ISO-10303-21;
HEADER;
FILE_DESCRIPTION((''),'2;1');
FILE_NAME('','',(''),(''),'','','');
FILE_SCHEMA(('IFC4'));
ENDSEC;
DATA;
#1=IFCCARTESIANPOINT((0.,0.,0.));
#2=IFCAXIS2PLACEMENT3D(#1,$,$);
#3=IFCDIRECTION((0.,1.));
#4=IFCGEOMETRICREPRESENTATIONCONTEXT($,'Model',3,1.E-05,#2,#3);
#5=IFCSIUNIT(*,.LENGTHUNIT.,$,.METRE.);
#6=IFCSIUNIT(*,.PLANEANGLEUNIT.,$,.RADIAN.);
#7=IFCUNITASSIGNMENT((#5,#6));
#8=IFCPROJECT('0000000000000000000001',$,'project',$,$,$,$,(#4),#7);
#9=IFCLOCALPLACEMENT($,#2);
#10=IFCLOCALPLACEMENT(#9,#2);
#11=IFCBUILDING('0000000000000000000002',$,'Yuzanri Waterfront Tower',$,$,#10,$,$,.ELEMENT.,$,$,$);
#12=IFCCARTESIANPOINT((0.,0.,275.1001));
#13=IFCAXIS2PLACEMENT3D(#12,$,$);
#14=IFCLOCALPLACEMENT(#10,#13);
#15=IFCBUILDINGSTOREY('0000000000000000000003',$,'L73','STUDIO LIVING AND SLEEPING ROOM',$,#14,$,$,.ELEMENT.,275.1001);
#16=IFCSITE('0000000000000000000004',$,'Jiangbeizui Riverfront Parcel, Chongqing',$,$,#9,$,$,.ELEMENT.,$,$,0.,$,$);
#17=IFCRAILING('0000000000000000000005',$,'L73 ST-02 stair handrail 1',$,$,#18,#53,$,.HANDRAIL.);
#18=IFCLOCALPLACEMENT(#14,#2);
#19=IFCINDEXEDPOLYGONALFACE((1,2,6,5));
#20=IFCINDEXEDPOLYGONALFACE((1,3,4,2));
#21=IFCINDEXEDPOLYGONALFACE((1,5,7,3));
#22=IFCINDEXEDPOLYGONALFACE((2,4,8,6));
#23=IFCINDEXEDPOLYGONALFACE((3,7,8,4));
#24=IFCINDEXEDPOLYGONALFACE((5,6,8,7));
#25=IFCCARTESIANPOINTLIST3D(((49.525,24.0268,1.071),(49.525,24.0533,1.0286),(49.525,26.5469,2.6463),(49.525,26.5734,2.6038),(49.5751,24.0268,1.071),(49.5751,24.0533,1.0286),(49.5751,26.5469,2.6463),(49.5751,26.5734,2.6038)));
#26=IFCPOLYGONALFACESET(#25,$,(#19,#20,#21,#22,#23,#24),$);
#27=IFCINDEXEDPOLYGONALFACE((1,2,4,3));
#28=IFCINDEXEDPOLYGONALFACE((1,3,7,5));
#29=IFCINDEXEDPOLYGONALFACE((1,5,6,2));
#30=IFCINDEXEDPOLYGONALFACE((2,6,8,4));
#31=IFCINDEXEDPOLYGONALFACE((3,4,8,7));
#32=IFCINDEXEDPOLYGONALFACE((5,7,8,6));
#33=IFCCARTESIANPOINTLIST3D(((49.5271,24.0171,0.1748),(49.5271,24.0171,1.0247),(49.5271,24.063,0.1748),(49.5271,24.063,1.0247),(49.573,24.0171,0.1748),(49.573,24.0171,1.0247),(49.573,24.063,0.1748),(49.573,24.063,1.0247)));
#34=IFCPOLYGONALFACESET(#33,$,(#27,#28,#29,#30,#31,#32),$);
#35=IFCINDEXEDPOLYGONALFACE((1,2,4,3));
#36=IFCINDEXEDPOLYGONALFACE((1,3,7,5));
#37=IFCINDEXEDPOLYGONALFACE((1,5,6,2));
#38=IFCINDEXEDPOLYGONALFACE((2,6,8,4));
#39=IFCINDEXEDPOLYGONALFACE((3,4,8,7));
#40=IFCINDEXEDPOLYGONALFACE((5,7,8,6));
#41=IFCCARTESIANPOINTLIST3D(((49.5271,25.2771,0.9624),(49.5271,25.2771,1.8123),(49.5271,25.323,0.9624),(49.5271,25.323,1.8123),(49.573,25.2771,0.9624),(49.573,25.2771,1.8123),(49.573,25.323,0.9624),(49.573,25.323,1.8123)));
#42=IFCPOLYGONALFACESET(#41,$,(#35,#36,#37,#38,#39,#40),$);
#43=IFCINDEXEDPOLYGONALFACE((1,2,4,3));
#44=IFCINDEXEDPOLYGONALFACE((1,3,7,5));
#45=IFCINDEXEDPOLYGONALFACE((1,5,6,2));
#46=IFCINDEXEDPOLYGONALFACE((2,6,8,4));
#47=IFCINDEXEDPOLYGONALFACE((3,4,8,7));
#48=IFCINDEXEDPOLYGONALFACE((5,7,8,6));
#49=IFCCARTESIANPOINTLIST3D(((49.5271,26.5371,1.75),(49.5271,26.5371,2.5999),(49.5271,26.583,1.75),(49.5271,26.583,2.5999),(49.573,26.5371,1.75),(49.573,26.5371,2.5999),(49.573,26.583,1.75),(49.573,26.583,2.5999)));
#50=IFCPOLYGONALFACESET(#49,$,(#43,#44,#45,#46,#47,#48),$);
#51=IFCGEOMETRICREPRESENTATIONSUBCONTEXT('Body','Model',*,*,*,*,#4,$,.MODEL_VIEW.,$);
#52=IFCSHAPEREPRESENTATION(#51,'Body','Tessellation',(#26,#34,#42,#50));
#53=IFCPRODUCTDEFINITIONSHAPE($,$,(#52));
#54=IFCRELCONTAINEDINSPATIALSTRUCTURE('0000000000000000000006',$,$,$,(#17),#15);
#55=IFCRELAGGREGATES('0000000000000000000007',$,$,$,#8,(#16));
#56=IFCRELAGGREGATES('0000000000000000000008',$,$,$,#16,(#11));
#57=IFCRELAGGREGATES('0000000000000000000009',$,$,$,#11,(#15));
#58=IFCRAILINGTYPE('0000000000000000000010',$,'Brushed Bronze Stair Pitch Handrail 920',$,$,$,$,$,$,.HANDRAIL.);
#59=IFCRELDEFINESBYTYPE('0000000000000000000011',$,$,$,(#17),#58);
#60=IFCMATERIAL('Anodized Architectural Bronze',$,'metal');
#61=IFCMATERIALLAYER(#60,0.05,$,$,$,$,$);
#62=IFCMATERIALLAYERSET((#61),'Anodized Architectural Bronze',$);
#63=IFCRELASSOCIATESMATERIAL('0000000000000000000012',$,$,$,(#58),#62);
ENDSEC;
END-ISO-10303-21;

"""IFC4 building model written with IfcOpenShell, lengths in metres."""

from ifc_helpers import new_model, si_unit, direction, frame, origin, origin_2d, place, context, subcontext, project, spatial, rectangle, extrude, source, transform, mapped, material, layer, layer_set, type_object, element, save


model = new_model("IFC4")

# Units and contexts
model_context = context("Model", 3, precision=1e-05, world=origin(), true_north=direction((0.0, 1.0)))
body_context = subcontext(model_context, "Body", "Model", "MODEL_VIEW")
ifc_project = project(units=[si_unit("LENGTHUNIT", "METRE"), si_unit("PLANEANGLEUNIT", "RADIAN")], contexts=[model_context])

# Site, building, storey
site_placement = place(None, origin())
site = spatial("IfcSite", under=ifc_project, at=site_placement, Name="Jiangbeizui Riverfront Parcel, Chongqing", CompositionType="ELEMENT", RefElevation=0.0)
building_placement = place(site_placement, origin())
building = spatial("IfcBuilding", under=site, at=building_placement, Name="Yuzanri Waterfront Tower", CompositionType="ELEMENT")
storey_placement = place(building_placement, frame((0.0, 0.0, 275.1001)))
storey = spatial("IfcBuildingStorey", under=building, at=storey_placement, Name="L73", Description="STUDIO LIVING AND SLEEPING ROOM", CompositionType="ELEMENT", Elevation=275.1001)

# Railing
ifc_material_1 = material(Name="Anodized Architectural Bronze", Category="metal")
ifc_layer_1 = layer(ifc_material_1, 0.05)
ifc_layer_set_1 = layer_set([ifc_layer_1], Name="Anodized Architectural Bronze")
railing_type = type_object("IfcRailingType", Name="Brushed Bronze Stair Pitch Handrail 920", PredefinedType="HANDRAIL", material=ifc_layer_set_1)
shared_shape_1 = source(origin(), body_context, "Body", "SweptSolid", [
    extrude(rectangle(XDim=0.05, YDim=0.05, at=origin_2d()), frame((0.0, 0.0, 0.875), z_axis=(0.0, 0.847971, 0.530043), x_axis=(-1.0, 0.0, 0.0)), (0.0, 0.0, 1.0), 2.9719),
    extrude(rectangle(XDim=0.0459, YDim=0.0459, at=origin_2d()), origin(), (0.0, 0.0, 1.0), 0.8499),
    extrude(rectangle(XDim=0.0459, YDim=0.0459, at=origin_2d()), frame((0.0, 1.26, 0.7876)), (0.0, 0.0, 1.0), 0.8499),
    extrude(rectangle(XDim=0.0459, YDim=0.0459, at=origin_2d()), frame((0.0, 2.52, 1.5752)), (0.0, 0.0, 1.0), 0.8499),
])
railing_placement = place(storey_placement, frame((49.55, 24.04, 0.1748)))
element("IfcRailing", 1, at=railing_placement, inside=storey, type_object=railing_type, Name="L73 ST-02 stair handrail 1", PredefinedType="HANDRAIL", context=body_context, shape_type="MappedRepresentation", body=[
    mapped(shared_shape_1, transform((0.0, 0.0, 0.0), scale=1.0)),
])

save(model, "model.ifc")
